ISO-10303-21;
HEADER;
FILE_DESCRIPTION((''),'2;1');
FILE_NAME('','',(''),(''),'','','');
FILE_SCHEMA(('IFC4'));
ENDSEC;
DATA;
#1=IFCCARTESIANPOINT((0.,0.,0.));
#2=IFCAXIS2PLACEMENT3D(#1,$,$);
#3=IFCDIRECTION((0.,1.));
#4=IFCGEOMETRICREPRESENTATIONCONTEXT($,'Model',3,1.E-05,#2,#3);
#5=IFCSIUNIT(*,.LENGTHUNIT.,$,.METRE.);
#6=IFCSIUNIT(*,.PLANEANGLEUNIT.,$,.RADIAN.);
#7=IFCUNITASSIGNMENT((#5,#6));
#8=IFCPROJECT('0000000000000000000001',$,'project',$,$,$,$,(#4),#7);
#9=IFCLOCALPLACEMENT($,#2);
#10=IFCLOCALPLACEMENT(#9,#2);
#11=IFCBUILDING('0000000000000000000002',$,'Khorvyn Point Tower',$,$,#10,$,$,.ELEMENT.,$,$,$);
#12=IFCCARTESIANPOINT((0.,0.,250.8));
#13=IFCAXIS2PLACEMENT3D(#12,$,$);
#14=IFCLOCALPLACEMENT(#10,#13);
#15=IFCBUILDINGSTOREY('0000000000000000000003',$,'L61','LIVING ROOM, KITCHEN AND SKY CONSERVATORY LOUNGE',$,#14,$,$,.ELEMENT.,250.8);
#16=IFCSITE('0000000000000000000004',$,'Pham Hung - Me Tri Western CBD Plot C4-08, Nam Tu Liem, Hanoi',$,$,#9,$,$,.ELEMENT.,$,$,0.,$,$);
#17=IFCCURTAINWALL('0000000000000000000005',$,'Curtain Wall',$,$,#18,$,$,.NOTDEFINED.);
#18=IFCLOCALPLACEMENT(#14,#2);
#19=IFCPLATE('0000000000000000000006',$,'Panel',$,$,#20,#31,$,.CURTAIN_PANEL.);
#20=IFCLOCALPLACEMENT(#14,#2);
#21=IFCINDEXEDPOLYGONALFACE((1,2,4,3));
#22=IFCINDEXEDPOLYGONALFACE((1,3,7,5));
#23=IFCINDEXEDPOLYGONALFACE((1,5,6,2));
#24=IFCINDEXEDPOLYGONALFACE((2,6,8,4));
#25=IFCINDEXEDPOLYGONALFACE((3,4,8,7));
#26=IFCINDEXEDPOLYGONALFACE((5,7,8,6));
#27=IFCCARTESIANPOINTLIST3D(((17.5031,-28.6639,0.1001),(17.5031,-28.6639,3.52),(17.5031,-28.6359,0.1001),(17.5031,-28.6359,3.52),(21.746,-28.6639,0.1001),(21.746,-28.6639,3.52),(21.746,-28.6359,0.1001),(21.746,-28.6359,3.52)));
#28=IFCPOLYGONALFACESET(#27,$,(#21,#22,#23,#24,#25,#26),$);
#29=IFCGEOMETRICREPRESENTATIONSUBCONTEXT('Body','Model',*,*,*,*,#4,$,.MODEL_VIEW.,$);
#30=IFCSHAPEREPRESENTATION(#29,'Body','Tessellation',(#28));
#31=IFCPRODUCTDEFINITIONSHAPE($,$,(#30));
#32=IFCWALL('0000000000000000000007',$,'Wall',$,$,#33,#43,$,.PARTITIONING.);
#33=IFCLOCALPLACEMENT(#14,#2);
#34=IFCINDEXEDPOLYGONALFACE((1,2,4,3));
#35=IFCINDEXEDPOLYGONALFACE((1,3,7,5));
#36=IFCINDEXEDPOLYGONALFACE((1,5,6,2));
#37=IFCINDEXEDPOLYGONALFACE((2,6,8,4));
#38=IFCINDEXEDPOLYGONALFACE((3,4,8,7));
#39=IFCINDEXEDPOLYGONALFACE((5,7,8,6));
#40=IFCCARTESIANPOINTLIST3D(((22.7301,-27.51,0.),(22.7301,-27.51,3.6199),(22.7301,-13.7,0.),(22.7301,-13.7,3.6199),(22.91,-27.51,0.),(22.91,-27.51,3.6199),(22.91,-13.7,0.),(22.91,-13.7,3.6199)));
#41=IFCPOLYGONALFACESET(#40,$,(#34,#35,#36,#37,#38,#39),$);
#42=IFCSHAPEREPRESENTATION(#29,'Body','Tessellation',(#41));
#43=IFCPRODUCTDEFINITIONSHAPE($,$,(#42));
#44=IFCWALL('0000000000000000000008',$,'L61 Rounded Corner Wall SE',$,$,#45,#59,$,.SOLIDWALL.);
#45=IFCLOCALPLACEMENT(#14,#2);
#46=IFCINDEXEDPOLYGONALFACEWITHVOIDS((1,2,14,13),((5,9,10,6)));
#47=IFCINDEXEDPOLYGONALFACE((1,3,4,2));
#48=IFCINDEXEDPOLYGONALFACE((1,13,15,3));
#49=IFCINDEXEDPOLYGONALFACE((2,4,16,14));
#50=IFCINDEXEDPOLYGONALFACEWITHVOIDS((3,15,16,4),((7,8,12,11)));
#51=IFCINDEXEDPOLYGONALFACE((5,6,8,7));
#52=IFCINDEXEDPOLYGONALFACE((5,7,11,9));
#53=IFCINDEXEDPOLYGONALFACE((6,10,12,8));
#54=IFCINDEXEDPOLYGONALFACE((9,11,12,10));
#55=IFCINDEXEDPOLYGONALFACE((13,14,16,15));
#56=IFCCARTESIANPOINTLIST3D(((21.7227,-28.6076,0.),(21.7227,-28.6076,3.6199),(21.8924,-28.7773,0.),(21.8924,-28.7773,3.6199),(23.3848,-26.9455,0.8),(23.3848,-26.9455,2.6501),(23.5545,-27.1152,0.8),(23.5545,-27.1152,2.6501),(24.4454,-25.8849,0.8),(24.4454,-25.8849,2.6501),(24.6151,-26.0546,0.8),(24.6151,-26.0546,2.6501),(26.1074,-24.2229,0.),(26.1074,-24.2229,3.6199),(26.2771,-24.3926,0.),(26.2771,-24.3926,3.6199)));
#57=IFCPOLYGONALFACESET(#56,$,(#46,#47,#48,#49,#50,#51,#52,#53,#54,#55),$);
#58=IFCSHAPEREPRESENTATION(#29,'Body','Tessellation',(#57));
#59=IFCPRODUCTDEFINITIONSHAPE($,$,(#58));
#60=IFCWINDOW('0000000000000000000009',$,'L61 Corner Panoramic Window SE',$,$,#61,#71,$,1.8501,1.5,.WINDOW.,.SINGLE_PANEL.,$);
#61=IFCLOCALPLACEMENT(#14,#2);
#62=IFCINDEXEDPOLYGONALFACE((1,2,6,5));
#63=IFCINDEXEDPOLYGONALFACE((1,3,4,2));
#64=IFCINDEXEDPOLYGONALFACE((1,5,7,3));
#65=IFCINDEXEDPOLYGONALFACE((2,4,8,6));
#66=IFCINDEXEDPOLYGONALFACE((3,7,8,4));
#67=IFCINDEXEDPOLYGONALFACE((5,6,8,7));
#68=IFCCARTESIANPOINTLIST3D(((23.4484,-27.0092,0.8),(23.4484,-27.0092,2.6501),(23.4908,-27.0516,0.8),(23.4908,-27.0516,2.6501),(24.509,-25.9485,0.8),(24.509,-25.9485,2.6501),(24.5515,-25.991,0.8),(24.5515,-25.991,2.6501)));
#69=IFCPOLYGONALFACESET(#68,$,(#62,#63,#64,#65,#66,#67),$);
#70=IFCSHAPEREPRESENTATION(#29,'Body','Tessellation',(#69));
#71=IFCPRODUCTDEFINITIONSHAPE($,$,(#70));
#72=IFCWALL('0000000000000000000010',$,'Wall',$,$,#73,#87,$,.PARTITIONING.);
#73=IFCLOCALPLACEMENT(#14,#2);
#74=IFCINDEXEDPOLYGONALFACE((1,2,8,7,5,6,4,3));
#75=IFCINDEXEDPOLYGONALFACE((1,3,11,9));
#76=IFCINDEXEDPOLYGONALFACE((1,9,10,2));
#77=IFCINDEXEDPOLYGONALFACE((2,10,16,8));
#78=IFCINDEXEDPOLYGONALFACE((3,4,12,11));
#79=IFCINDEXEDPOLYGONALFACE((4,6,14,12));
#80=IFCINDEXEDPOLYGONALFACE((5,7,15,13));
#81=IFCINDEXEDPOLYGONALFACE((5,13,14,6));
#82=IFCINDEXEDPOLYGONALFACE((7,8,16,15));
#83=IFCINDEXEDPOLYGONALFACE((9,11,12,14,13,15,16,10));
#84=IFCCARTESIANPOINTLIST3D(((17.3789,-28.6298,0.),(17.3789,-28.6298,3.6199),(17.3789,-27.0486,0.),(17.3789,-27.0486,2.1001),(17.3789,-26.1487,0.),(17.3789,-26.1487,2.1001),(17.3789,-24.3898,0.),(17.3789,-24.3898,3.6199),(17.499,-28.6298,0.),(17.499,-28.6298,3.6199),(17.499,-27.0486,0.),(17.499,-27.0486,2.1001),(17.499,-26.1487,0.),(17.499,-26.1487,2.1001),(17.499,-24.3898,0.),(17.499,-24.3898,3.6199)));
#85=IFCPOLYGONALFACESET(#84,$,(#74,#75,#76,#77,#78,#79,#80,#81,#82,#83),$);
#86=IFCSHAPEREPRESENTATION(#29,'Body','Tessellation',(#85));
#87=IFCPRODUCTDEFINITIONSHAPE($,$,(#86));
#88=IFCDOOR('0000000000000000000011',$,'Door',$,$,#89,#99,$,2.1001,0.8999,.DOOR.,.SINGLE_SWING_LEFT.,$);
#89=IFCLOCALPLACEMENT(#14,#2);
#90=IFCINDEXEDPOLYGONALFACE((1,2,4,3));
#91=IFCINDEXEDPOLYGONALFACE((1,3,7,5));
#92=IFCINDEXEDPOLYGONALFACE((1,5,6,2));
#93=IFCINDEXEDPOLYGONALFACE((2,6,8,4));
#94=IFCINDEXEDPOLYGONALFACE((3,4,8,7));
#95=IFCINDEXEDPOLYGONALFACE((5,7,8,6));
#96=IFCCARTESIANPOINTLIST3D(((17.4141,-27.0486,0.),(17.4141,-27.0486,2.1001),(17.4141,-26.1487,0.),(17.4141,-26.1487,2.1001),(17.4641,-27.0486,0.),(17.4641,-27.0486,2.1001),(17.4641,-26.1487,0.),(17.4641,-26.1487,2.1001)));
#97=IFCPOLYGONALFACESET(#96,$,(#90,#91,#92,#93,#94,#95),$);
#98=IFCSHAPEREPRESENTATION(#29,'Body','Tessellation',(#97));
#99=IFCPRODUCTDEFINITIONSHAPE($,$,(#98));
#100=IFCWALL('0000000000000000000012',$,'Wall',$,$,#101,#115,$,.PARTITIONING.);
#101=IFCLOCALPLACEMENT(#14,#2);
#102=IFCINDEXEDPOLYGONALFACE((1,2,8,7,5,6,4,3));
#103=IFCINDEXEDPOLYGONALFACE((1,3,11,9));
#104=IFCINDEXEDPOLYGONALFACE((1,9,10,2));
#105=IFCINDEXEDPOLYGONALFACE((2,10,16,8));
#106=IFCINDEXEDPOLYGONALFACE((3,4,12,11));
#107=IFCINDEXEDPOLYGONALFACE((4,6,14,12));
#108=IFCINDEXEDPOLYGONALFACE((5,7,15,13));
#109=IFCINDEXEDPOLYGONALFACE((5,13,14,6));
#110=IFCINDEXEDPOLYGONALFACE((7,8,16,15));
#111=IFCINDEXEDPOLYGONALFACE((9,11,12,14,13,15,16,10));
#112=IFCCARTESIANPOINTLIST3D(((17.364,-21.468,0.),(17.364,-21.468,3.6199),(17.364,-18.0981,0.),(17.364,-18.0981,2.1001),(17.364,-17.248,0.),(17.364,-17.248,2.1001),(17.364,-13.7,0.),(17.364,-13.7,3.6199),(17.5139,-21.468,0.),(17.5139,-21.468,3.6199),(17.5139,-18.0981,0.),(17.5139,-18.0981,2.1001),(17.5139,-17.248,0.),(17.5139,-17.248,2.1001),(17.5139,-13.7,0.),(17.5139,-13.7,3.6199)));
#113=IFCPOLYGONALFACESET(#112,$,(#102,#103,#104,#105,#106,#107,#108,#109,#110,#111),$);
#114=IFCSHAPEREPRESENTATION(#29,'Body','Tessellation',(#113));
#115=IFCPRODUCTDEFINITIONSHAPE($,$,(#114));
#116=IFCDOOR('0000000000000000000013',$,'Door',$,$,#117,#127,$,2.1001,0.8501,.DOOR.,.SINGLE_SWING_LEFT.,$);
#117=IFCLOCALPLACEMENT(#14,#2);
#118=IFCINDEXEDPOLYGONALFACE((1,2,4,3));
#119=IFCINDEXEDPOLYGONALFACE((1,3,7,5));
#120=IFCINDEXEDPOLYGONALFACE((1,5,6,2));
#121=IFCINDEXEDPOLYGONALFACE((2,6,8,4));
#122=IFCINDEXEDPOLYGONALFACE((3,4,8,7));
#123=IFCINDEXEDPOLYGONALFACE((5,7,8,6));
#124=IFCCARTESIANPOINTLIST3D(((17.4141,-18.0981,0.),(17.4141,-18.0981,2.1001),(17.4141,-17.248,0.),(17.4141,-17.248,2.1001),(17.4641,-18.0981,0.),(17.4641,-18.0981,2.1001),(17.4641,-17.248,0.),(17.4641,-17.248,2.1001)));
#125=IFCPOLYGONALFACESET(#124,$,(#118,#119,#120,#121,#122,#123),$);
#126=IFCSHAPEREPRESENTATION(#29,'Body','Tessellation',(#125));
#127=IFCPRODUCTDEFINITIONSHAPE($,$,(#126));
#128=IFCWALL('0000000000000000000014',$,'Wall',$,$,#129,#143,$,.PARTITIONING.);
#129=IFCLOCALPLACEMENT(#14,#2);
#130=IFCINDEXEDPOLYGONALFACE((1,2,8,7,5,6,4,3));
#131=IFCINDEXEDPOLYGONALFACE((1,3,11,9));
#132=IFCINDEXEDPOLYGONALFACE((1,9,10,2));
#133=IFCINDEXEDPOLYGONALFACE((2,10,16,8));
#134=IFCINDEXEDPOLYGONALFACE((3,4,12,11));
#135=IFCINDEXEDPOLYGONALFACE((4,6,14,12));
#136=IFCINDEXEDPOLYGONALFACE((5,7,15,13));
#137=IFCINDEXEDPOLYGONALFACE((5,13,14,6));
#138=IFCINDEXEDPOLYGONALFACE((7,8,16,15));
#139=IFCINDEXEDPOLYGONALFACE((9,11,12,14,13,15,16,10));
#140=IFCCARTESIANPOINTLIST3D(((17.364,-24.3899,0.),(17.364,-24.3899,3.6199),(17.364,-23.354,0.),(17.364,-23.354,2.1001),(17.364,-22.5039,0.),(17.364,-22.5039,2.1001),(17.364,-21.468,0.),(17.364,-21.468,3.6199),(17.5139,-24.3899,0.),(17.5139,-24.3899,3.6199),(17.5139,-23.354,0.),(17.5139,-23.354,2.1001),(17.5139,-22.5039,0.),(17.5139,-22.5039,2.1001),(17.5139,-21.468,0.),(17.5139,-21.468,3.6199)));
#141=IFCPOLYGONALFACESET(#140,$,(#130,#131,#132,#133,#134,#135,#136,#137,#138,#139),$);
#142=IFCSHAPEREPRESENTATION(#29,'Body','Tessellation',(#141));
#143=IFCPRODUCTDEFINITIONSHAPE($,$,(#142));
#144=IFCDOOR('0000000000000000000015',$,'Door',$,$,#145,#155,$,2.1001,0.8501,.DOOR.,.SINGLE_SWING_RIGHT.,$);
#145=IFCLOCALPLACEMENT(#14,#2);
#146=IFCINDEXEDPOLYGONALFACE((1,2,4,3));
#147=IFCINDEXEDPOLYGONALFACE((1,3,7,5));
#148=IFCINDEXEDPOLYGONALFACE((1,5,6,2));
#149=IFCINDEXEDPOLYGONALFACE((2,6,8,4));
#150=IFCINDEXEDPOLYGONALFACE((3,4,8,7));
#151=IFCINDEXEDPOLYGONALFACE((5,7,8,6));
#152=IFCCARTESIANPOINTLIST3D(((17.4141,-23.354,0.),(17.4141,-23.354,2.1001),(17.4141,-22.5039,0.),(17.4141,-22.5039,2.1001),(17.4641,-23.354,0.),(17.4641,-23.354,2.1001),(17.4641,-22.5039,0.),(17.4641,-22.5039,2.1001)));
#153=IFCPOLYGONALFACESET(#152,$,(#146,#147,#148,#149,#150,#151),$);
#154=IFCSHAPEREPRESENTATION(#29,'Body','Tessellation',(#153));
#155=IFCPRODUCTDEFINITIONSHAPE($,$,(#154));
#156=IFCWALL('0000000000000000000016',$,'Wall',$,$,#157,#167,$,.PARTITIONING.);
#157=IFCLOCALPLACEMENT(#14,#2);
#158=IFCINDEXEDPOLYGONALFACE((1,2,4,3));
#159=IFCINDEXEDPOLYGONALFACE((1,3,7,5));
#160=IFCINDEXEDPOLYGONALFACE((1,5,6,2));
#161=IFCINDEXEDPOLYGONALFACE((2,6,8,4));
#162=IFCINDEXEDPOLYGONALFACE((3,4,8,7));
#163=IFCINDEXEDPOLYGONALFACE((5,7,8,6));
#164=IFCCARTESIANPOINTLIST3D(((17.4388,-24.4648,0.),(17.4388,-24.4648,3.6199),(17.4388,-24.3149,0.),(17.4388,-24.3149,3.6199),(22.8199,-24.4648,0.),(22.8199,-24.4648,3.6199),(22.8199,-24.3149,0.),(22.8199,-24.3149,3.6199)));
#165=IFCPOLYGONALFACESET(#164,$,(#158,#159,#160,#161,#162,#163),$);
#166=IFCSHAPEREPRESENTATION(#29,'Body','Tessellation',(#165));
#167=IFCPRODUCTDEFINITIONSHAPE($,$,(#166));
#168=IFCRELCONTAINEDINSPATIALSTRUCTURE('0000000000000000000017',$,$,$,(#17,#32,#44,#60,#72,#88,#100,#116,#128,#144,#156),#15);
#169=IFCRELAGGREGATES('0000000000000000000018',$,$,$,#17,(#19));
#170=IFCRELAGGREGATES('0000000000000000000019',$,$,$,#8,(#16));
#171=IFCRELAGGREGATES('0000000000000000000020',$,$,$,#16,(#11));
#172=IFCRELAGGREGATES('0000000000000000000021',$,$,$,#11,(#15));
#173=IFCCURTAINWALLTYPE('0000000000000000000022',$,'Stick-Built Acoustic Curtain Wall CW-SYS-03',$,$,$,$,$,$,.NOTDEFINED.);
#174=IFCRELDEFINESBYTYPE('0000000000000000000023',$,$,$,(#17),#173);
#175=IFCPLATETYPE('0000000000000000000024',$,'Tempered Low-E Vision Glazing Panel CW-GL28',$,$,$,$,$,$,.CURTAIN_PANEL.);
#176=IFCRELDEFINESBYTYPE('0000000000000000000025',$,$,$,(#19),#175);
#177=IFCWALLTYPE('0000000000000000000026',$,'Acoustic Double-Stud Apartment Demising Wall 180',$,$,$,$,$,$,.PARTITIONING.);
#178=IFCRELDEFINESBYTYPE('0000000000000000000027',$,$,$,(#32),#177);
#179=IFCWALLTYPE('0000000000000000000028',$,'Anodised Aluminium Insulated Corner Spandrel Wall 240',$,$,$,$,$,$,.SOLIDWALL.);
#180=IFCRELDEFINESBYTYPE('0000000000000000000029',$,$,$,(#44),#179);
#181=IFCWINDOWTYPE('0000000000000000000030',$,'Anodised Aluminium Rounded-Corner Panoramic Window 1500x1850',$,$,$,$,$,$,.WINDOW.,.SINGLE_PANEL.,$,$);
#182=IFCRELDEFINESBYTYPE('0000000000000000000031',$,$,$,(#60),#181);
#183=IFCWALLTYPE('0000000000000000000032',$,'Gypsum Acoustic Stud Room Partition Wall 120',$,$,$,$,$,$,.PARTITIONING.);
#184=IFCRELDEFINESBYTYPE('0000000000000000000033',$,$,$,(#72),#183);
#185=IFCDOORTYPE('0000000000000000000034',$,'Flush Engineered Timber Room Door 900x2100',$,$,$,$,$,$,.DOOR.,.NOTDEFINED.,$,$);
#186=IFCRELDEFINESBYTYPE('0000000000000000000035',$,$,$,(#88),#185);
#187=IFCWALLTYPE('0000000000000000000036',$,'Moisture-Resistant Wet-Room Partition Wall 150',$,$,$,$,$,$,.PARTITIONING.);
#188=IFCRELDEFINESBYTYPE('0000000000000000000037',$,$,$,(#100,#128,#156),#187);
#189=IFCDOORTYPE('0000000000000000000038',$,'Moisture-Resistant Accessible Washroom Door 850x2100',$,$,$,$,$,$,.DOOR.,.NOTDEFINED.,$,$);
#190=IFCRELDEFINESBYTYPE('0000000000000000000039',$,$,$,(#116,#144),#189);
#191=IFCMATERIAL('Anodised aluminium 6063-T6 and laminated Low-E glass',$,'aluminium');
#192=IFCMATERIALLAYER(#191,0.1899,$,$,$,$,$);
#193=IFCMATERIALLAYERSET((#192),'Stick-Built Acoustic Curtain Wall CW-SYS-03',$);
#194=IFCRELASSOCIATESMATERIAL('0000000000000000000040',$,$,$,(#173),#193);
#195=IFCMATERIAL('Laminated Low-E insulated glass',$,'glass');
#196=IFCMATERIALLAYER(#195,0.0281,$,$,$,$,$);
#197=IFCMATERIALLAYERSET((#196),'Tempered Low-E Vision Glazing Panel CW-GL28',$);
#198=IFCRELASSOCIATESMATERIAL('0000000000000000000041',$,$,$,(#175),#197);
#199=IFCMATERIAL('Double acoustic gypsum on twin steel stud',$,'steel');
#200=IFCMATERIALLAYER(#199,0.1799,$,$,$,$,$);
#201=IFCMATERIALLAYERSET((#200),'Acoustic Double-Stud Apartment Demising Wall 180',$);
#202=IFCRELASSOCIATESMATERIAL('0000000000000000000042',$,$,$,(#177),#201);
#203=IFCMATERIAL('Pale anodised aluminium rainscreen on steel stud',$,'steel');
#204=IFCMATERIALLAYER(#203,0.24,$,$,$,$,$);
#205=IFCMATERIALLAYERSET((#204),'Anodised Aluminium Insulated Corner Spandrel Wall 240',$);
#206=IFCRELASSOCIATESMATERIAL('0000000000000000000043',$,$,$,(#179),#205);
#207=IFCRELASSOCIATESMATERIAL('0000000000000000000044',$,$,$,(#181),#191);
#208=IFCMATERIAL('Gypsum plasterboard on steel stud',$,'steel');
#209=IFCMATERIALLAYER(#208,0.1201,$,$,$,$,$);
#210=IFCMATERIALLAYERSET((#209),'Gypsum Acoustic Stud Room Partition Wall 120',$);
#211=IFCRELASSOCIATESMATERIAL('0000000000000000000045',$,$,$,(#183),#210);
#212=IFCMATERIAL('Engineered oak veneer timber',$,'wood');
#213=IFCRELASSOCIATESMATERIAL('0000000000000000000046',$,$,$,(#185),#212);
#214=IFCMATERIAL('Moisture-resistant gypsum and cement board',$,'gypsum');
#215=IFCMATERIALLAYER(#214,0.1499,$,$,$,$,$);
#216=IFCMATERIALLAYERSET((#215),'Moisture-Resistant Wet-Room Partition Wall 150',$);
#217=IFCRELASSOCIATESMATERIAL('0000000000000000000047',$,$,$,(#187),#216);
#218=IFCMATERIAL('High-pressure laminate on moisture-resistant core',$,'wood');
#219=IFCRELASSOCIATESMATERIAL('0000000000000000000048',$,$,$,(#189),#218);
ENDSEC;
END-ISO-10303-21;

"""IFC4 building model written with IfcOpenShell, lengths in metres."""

from ifc_helpers import new_model, si_unit, direction, frame, frame_2d, origin, origin_2d, place, context, subcontext, project, spatial, rectangle, extrude, material, layer, layer_set, type_object, element, fill, aggregate, save


model = new_model("IFC4")

# Units and contexts
model_context = context("Model", 3, precision=1e-05, world=origin(), true_north=direction((0.0, 1.0)))
body_context = subcontext(model_context, "Body", "Model", "MODEL_VIEW")
ifc_project = project(units=[si_unit("LENGTHUNIT", "METRE"), si_unit("PLANEANGLEUNIT", "RADIAN")], contexts=[model_context])

# Site, building, storey
site_placement = place(None, origin())
site = spatial("IfcSite", under=ifc_project, at=site_placement, Name="Pham Hung - Me Tri Western CBD Plot C4-08, Nam Tu Liem, Hanoi", CompositionType="ELEMENT", RefElevation=0.0)
building_placement = place(site_placement, origin())
building = spatial("IfcBuilding", under=site, at=building_placement, Name="Khorvyn Point Tower", CompositionType="ELEMENT")
storey_placement = place(building_placement, frame((0.0, 0.0, 250.8)))
storey = spatial("IfcBuildingStorey", under=building, at=storey_placement, Name="L61", Description="LIVING ROOM, KITCHEN AND SKY CONSERVATORY LOUNGE", CompositionType="ELEMENT", Elevation=250.8)

# Curtain wall
ifc_material_1 = material(Name="Anodised aluminium 6063-T6 and laminated Low-E glass", Category="aluminium")
ifc_layer_1 = layer(ifc_material_1, 0.1899)
ifc_layer_set_1 = layer_set([ifc_layer_1], Name="Stick-Built Acoustic Curtain Wall CW-SYS-03")
curtain_wall_type = type_object("IfcCurtainWallType", Name="Stick-Built Acoustic Curtain Wall CW-SYS-03", PredefinedType="NOTDEFINED", material=ifc_layer_set_1)
curtain_wall_1_placement = place(storey_placement, origin())
curtain_wall_1 = element("IfcCurtainWall", 1, at=curtain_wall_1_placement, inside=storey, type_object=curtain_wall_type, Name="Curtain Wall", PredefinedType="NOTDEFINED")

# Plate
ifc_material_2 = material(Name="Laminated Low-E insulated glass", Category="glass")
ifc_layer_2 = layer(ifc_material_2, 0.0281)
ifc_layer_set_2 = layer_set([ifc_layer_2], Name="Tempered Low-E Vision Glazing Panel CW-GL28")
plate_type_1 = type_object("IfcPlateType", Name="Tempered Low-E Vision Glazing Panel CW-GL28", PredefinedType="CURTAIN_PANEL", material=ifc_layer_set_2)
plate_placement = place(storey_placement, frame((19.6245, -28.6499, 0.1001), z_axis=(0.0, 0.0, 1.0), x_axis=(-1.0, 0.0, 0.0)))
plate = element("IfcPlate", 2, at=plate_placement, type_object=plate_type_1, Name="Panel", PredefinedType="CURTAIN_PANEL", context=body_context, shape_type="SweptSolid", body=[
    extrude(rectangle(XDim=4.2429, YDim=0.0281, at=origin_2d()), origin(), (0.0, 0.0, 1.0), 3.4199),
])
aggregate(curtain_wall_1, [plate])

# Wall
ifc_material_3 = material(Name="Double acoustic gypsum on twin steel stud", Category="steel")
ifc_layer_3 = layer(ifc_material_3, 0.1799)
ifc_layer_set_3 = layer_set([ifc_layer_3], Name="Acoustic Double-Stud Apartment Demising Wall 180")
wall_type_1 = type_object("IfcWallType", Name="Acoustic Double-Stud Apartment Demising Wall 180", PredefinedType="PARTITIONING", material=ifc_layer_set_3)
wall_1_placement = place(storey_placement, frame((22.8201, -27.51, 0.0), z_axis=(0.0, 0.0, 1.0), x_axis=(0.0, 1.0, 0.0)))
element("IfcWall", 3, at=wall_1_placement, inside=storey, type_object=wall_type_1, Name="Wall", PredefinedType="PARTITIONING", context=body_context, shape_type="SweptSolid", body=[
    extrude(rectangle(XDim=13.8101, YDim=0.1799, at=frame_2d((6.905, 0.0))), origin(), (0.0, 0.0, 1.0), 3.6199),
])

# Wall, opening, window
ifc_material_4 = material(Name="Pale anodised aluminium rainscreen on steel stud", Category="steel")
ifc_layer_4 = layer(ifc_material_4, 0.24)
ifc_layer_set_4 = layer_set([ifc_layer_4], Name="Anodised Aluminium Insulated Corner Spandrel Wall 240")
wall_type_2 = type_object("IfcWallType", Name="Anodised Aluminium Insulated Corner Spandrel Wall 240", PredefinedType="SOLIDWALL", material=ifc_layer_set_4)
wall_2_placement = place(storey_placement, frame((26.1924, -24.3076, 0.0), z_axis=(0.0, 0.0, 1.0), x_axis=(-0.707107, -0.707107, 0.0)))
wall_2 = element("IfcWall", 4, at=wall_2_placement, inside=storey, type_object=wall_type_2, Name="L61 Rounded Corner Wall SE", PredefinedType="SOLIDWALL", context=body_context, shape_type="SweptSolid", body=[
    extrude(rectangle(XDim=6.2009, YDim=0.24, at=frame_2d((3.1006, 0.0))), origin(), (0.0, 0.0, 1.0), 3.6199),
])
opening_1_placement = place(wall_2_placement, frame((2.3506, 0.0, 0.8)))
opening_1 = element("IfcOpeningElement", 5, at=opening_1_placement, cuts=wall_2, PredefinedType="OPENING", context=body_context, shape_type="SweptSolid", body=[
    extrude(rectangle(XDim=1.5, YDim=1.8501, at=frame_2d((0.75, 0.925))), frame((0.0, 0.1299, 0.0), z_axis=(0.0, -1.0, 0.0), x_axis=(1.0, 0.0, 0.0)), (0.0, 0.0, 1.0), 0.26),
])
window_type = type_object("IfcWindowType", Name="Anodised Aluminium Rounded-Corner Panoramic Window 1500x1850", PartitioningType="SINGLE_PANEL", PredefinedType="WINDOW", material=ifc_material_1)
window_placement = place(opening_1_placement, origin())
window = element("IfcWindow", 6, at=window_placement, inside=storey, type_object=window_type, Name="L61 Corner Panoramic Window SE", OverallHeight=1.8501, OverallWidth=1.5, PartitioningType="SINGLE_PANEL", PredefinedType="WINDOW", context=body_context, shape_type="SweptSolid", body=[
    extrude(rectangle(XDim=1.5, YDim=1.8501, at=frame_2d((0.75, 0.925))), frame((0.0, 0.03, 0.0), z_axis=(0.0, -1.0, 0.0), x_axis=(1.0, 0.0, 0.0)), (0.0, 0.0, 1.0), 0.0601),
])
fill(opening_1, window)

# Walls, openings, doors
ifc_material_5 = material(Name="Gypsum plasterboard on steel stud", Category="steel")
ifc_layer_5 = layer(ifc_material_5, 0.1201)
ifc_layer_set_5 = layer_set([ifc_layer_5], Name="Gypsum Acoustic Stud Room Partition Wall 120")
wall_type_3 = type_object("IfcWallType", Name="Gypsum Acoustic Stud Room Partition Wall 120", PredefinedType="PARTITIONING", material=ifc_layer_set_5)
wall_3_placement = place(storey_placement, frame((17.439, -28.6299, 0.0), z_axis=(0.0, 0.0, 1.0), x_axis=(0.0, 1.0, 0.0)))
wall_3 = element("IfcWall", 7, at=wall_3_placement, inside=storey, type_object=wall_type_3, Name="Wall", PredefinedType="PARTITIONING", context=body_context, shape_type="SweptSolid", body=[
    extrude(rectangle(XDim=4.24, YDim=0.1201, at=frame_2d((2.1201, 0.0))), origin(), (0.0, 0.0, 1.0), 3.6199),
])
opening_2_placement = place(wall_3_placement, frame((1.5813, 0.0, 0.0)))
opening_2 = element("IfcOpeningElement", 8, at=opening_2_placement, cuts=wall_3, PredefinedType="OPENING", context=body_context, shape_type="SweptSolid", body=[
    extrude(rectangle(XDim=0.8999, YDim=2.1001, at=frame_2d((0.45, 1.05))), frame((0.0, 0.0701, 0.0), z_axis=(0.0, -1.0, 0.0), x_axis=(1.0, 0.0, 0.0)), (0.0, 0.0, 1.0), 0.1401),
])
ifc_material_6 = material(Name="Engineered oak veneer timber", Category="wood")
door_type_1 = type_object("IfcDoorType", Name="Flush Engineered Timber Room Door 900x2100", OperationType="NOTDEFINED", PredefinedType="DOOR", material=ifc_material_6)
door_1_placement = place(opening_2_placement, origin())
door_1 = element("IfcDoor", 9, at=door_1_placement, inside=storey, type_object=door_type_1, Name="Door", OperationType="SINGLE_SWING_LEFT", OverallHeight=2.1001, OverallWidth=0.8999, PredefinedType="DOOR", context=body_context, shape_type="SweptSolid", body=[
    extrude(rectangle(XDim=0.8999, YDim=2.1001, at=frame_2d((0.45, 1.05))), frame((0.0, 0.0249, 0.0), z_axis=(0.0, -1.0, 0.0), x_axis=(1.0, 0.0, 0.0)), (0.0, 0.0, 1.0), 0.05),
])
fill(opening_2, door_1)
ifc_material_7 = material(Name="Moisture-resistant gypsum and cement board", Category="gypsum")
ifc_layer_6 = layer(ifc_material_7, 0.1499)
ifc_layer_set_6 = layer_set([ifc_layer_6], Name="Moisture-Resistant Wet-Room Partition Wall 150")
wall_type_4 = type_object("IfcWallType", Name="Moisture-Resistant Wet-Room Partition Wall 150", PredefinedType="PARTITIONING", material=ifc_layer_set_6)
wall_4_placement = place(storey_placement, frame((17.439, -21.468, 0.0), z_axis=(0.0, 0.0, 1.0), x_axis=(0.0, 1.0, 0.0)))
wall_4 = element("IfcWall", 10, at=wall_4_placement, inside=storey, type_object=wall_type_4, Name="Wall", PredefinedType="PARTITIONING", context=body_context, shape_type="SweptSolid", body=[
    extrude(rectangle(XDim=7.7681, YDim=0.1499, at=frame_2d((3.884, 0.0))), origin(), (0.0, 0.0, 1.0), 3.6199),
])
opening_3_placement = place(wall_4_placement, frame((3.3699, 0.0, 0.0)))
opening_3 = element("IfcOpeningElement", 11, at=opening_3_placement, cuts=wall_4, PredefinedType="OPENING", context=body_context, shape_type="SweptSolid", body=[
    extrude(rectangle(XDim=0.8501, YDim=2.1001, at=frame_2d((0.425, 1.05))), frame((0.0, 0.085, 0.0), z_axis=(0.0, -1.0, 0.0), x_axis=(1.0, 0.0, 0.0)), (0.0, 0.0, 1.0), 0.1699),
])
ifc_material_8 = material(Name="High-pressure laminate on moisture-resistant core", Category="wood")
door_type_2 = type_object("IfcDoorType", Name="Moisture-Resistant Accessible Washroom Door 850x2100", OperationType="NOTDEFINED", PredefinedType="DOOR", material=ifc_material_8)
door_2_placement = place(opening_3_placement, origin())
door_2 = element("IfcDoor", 12, at=door_2_placement, inside=storey, type_object=door_type_2, Name="Door", OperationType="SINGLE_SWING_LEFT", OverallHeight=2.1001, OverallWidth=0.8501, PredefinedType="DOOR", context=body_context, shape_type="SweptSolid", body=[
    extrude(rectangle(XDim=0.8501, YDim=2.1001, at=frame_2d((0.425, 1.05))), frame((0.0, 0.0249, 0.0), z_axis=(0.0, -1.0, 0.0), x_axis=(1.0, 0.0, 0.0)), (0.0, 0.0, 1.0), 0.05),
])
fill(opening_3, door_2)
wall_5_placement = place(storey_placement, frame((17.439, -24.3899, 0.0), z_axis=(0.0, 0.0, 1.0), x_axis=(0.0, 1.0, 0.0)))
wall_5 = element("IfcWall", 13, at=wall_5_placement, inside=storey, type_object=wall_type_4, Name="Wall", PredefinedType="PARTITIONING", context=body_context, shape_type="SweptSolid", body=[
    extrude(rectangle(XDim=2.9219, YDim=0.1499, at=frame_2d((1.4609, 0.0))), origin(), (0.0, 0.0, 1.0), 3.6199),
])
opening_4_placement = place(wall_5_placement, frame((1.0359, 0.0, 0.0)))
opening_4 = element("IfcOpeningElement", 14, at=opening_4_placement, cuts=wall_5, PredefinedType="OPENING", context=body_context, shape_type="SweptSolid", body=[
    extrude(rectangle(XDim=0.8501, YDim=2.1001, at=frame_2d((0.425, 1.05))), frame((0.0, 0.085, 0.0), z_axis=(0.0, -1.0, 0.0), x_axis=(1.0, 0.0, 0.0)), (0.0, 0.0, 1.0), 0.1699),
])
door_3_placement = place(opening_4_placement, origin())
door_3 = element("IfcDoor", 15, at=door_3_placement, inside=storey, type_object=door_type_2, Name="Door", OperationType="SINGLE_SWING_RIGHT", OverallHeight=2.1001, OverallWidth=0.8501, PredefinedType="DOOR", context=body_context, shape_type="SweptSolid", body=[
    extrude(rectangle(XDim=0.8501, YDim=2.1001, at=frame_2d((0.425, 1.05))), frame((0.0, 0.0249, 0.0), z_axis=(0.0, -1.0, 0.0), x_axis=(1.0, 0.0, 0.0)), (0.0, 0.0, 1.0), 0.05),
])
fill(opening_4, door_3)

# Wall
wall_6_placement = place(storey_placement, frame((17.439, -24.3899, 0.0), z_axis=(0.0, 0.0, 1.0), x_axis=(1.0, 0.0, 0.0)))
element("IfcWall", 16, at=wall_6_placement, inside=storey, type_object=wall_type_4, Name="Wall", PredefinedType="PARTITIONING", context=body_context, shape_type="SweptSolid", body=[
    extrude(rectangle(XDim=5.3811, YDim=0.1499, at=frame_2d((2.6904, 0.0))), origin(), (0.0, 0.0, 1.0), 3.6199),
])

save(model, "model.ifc")
